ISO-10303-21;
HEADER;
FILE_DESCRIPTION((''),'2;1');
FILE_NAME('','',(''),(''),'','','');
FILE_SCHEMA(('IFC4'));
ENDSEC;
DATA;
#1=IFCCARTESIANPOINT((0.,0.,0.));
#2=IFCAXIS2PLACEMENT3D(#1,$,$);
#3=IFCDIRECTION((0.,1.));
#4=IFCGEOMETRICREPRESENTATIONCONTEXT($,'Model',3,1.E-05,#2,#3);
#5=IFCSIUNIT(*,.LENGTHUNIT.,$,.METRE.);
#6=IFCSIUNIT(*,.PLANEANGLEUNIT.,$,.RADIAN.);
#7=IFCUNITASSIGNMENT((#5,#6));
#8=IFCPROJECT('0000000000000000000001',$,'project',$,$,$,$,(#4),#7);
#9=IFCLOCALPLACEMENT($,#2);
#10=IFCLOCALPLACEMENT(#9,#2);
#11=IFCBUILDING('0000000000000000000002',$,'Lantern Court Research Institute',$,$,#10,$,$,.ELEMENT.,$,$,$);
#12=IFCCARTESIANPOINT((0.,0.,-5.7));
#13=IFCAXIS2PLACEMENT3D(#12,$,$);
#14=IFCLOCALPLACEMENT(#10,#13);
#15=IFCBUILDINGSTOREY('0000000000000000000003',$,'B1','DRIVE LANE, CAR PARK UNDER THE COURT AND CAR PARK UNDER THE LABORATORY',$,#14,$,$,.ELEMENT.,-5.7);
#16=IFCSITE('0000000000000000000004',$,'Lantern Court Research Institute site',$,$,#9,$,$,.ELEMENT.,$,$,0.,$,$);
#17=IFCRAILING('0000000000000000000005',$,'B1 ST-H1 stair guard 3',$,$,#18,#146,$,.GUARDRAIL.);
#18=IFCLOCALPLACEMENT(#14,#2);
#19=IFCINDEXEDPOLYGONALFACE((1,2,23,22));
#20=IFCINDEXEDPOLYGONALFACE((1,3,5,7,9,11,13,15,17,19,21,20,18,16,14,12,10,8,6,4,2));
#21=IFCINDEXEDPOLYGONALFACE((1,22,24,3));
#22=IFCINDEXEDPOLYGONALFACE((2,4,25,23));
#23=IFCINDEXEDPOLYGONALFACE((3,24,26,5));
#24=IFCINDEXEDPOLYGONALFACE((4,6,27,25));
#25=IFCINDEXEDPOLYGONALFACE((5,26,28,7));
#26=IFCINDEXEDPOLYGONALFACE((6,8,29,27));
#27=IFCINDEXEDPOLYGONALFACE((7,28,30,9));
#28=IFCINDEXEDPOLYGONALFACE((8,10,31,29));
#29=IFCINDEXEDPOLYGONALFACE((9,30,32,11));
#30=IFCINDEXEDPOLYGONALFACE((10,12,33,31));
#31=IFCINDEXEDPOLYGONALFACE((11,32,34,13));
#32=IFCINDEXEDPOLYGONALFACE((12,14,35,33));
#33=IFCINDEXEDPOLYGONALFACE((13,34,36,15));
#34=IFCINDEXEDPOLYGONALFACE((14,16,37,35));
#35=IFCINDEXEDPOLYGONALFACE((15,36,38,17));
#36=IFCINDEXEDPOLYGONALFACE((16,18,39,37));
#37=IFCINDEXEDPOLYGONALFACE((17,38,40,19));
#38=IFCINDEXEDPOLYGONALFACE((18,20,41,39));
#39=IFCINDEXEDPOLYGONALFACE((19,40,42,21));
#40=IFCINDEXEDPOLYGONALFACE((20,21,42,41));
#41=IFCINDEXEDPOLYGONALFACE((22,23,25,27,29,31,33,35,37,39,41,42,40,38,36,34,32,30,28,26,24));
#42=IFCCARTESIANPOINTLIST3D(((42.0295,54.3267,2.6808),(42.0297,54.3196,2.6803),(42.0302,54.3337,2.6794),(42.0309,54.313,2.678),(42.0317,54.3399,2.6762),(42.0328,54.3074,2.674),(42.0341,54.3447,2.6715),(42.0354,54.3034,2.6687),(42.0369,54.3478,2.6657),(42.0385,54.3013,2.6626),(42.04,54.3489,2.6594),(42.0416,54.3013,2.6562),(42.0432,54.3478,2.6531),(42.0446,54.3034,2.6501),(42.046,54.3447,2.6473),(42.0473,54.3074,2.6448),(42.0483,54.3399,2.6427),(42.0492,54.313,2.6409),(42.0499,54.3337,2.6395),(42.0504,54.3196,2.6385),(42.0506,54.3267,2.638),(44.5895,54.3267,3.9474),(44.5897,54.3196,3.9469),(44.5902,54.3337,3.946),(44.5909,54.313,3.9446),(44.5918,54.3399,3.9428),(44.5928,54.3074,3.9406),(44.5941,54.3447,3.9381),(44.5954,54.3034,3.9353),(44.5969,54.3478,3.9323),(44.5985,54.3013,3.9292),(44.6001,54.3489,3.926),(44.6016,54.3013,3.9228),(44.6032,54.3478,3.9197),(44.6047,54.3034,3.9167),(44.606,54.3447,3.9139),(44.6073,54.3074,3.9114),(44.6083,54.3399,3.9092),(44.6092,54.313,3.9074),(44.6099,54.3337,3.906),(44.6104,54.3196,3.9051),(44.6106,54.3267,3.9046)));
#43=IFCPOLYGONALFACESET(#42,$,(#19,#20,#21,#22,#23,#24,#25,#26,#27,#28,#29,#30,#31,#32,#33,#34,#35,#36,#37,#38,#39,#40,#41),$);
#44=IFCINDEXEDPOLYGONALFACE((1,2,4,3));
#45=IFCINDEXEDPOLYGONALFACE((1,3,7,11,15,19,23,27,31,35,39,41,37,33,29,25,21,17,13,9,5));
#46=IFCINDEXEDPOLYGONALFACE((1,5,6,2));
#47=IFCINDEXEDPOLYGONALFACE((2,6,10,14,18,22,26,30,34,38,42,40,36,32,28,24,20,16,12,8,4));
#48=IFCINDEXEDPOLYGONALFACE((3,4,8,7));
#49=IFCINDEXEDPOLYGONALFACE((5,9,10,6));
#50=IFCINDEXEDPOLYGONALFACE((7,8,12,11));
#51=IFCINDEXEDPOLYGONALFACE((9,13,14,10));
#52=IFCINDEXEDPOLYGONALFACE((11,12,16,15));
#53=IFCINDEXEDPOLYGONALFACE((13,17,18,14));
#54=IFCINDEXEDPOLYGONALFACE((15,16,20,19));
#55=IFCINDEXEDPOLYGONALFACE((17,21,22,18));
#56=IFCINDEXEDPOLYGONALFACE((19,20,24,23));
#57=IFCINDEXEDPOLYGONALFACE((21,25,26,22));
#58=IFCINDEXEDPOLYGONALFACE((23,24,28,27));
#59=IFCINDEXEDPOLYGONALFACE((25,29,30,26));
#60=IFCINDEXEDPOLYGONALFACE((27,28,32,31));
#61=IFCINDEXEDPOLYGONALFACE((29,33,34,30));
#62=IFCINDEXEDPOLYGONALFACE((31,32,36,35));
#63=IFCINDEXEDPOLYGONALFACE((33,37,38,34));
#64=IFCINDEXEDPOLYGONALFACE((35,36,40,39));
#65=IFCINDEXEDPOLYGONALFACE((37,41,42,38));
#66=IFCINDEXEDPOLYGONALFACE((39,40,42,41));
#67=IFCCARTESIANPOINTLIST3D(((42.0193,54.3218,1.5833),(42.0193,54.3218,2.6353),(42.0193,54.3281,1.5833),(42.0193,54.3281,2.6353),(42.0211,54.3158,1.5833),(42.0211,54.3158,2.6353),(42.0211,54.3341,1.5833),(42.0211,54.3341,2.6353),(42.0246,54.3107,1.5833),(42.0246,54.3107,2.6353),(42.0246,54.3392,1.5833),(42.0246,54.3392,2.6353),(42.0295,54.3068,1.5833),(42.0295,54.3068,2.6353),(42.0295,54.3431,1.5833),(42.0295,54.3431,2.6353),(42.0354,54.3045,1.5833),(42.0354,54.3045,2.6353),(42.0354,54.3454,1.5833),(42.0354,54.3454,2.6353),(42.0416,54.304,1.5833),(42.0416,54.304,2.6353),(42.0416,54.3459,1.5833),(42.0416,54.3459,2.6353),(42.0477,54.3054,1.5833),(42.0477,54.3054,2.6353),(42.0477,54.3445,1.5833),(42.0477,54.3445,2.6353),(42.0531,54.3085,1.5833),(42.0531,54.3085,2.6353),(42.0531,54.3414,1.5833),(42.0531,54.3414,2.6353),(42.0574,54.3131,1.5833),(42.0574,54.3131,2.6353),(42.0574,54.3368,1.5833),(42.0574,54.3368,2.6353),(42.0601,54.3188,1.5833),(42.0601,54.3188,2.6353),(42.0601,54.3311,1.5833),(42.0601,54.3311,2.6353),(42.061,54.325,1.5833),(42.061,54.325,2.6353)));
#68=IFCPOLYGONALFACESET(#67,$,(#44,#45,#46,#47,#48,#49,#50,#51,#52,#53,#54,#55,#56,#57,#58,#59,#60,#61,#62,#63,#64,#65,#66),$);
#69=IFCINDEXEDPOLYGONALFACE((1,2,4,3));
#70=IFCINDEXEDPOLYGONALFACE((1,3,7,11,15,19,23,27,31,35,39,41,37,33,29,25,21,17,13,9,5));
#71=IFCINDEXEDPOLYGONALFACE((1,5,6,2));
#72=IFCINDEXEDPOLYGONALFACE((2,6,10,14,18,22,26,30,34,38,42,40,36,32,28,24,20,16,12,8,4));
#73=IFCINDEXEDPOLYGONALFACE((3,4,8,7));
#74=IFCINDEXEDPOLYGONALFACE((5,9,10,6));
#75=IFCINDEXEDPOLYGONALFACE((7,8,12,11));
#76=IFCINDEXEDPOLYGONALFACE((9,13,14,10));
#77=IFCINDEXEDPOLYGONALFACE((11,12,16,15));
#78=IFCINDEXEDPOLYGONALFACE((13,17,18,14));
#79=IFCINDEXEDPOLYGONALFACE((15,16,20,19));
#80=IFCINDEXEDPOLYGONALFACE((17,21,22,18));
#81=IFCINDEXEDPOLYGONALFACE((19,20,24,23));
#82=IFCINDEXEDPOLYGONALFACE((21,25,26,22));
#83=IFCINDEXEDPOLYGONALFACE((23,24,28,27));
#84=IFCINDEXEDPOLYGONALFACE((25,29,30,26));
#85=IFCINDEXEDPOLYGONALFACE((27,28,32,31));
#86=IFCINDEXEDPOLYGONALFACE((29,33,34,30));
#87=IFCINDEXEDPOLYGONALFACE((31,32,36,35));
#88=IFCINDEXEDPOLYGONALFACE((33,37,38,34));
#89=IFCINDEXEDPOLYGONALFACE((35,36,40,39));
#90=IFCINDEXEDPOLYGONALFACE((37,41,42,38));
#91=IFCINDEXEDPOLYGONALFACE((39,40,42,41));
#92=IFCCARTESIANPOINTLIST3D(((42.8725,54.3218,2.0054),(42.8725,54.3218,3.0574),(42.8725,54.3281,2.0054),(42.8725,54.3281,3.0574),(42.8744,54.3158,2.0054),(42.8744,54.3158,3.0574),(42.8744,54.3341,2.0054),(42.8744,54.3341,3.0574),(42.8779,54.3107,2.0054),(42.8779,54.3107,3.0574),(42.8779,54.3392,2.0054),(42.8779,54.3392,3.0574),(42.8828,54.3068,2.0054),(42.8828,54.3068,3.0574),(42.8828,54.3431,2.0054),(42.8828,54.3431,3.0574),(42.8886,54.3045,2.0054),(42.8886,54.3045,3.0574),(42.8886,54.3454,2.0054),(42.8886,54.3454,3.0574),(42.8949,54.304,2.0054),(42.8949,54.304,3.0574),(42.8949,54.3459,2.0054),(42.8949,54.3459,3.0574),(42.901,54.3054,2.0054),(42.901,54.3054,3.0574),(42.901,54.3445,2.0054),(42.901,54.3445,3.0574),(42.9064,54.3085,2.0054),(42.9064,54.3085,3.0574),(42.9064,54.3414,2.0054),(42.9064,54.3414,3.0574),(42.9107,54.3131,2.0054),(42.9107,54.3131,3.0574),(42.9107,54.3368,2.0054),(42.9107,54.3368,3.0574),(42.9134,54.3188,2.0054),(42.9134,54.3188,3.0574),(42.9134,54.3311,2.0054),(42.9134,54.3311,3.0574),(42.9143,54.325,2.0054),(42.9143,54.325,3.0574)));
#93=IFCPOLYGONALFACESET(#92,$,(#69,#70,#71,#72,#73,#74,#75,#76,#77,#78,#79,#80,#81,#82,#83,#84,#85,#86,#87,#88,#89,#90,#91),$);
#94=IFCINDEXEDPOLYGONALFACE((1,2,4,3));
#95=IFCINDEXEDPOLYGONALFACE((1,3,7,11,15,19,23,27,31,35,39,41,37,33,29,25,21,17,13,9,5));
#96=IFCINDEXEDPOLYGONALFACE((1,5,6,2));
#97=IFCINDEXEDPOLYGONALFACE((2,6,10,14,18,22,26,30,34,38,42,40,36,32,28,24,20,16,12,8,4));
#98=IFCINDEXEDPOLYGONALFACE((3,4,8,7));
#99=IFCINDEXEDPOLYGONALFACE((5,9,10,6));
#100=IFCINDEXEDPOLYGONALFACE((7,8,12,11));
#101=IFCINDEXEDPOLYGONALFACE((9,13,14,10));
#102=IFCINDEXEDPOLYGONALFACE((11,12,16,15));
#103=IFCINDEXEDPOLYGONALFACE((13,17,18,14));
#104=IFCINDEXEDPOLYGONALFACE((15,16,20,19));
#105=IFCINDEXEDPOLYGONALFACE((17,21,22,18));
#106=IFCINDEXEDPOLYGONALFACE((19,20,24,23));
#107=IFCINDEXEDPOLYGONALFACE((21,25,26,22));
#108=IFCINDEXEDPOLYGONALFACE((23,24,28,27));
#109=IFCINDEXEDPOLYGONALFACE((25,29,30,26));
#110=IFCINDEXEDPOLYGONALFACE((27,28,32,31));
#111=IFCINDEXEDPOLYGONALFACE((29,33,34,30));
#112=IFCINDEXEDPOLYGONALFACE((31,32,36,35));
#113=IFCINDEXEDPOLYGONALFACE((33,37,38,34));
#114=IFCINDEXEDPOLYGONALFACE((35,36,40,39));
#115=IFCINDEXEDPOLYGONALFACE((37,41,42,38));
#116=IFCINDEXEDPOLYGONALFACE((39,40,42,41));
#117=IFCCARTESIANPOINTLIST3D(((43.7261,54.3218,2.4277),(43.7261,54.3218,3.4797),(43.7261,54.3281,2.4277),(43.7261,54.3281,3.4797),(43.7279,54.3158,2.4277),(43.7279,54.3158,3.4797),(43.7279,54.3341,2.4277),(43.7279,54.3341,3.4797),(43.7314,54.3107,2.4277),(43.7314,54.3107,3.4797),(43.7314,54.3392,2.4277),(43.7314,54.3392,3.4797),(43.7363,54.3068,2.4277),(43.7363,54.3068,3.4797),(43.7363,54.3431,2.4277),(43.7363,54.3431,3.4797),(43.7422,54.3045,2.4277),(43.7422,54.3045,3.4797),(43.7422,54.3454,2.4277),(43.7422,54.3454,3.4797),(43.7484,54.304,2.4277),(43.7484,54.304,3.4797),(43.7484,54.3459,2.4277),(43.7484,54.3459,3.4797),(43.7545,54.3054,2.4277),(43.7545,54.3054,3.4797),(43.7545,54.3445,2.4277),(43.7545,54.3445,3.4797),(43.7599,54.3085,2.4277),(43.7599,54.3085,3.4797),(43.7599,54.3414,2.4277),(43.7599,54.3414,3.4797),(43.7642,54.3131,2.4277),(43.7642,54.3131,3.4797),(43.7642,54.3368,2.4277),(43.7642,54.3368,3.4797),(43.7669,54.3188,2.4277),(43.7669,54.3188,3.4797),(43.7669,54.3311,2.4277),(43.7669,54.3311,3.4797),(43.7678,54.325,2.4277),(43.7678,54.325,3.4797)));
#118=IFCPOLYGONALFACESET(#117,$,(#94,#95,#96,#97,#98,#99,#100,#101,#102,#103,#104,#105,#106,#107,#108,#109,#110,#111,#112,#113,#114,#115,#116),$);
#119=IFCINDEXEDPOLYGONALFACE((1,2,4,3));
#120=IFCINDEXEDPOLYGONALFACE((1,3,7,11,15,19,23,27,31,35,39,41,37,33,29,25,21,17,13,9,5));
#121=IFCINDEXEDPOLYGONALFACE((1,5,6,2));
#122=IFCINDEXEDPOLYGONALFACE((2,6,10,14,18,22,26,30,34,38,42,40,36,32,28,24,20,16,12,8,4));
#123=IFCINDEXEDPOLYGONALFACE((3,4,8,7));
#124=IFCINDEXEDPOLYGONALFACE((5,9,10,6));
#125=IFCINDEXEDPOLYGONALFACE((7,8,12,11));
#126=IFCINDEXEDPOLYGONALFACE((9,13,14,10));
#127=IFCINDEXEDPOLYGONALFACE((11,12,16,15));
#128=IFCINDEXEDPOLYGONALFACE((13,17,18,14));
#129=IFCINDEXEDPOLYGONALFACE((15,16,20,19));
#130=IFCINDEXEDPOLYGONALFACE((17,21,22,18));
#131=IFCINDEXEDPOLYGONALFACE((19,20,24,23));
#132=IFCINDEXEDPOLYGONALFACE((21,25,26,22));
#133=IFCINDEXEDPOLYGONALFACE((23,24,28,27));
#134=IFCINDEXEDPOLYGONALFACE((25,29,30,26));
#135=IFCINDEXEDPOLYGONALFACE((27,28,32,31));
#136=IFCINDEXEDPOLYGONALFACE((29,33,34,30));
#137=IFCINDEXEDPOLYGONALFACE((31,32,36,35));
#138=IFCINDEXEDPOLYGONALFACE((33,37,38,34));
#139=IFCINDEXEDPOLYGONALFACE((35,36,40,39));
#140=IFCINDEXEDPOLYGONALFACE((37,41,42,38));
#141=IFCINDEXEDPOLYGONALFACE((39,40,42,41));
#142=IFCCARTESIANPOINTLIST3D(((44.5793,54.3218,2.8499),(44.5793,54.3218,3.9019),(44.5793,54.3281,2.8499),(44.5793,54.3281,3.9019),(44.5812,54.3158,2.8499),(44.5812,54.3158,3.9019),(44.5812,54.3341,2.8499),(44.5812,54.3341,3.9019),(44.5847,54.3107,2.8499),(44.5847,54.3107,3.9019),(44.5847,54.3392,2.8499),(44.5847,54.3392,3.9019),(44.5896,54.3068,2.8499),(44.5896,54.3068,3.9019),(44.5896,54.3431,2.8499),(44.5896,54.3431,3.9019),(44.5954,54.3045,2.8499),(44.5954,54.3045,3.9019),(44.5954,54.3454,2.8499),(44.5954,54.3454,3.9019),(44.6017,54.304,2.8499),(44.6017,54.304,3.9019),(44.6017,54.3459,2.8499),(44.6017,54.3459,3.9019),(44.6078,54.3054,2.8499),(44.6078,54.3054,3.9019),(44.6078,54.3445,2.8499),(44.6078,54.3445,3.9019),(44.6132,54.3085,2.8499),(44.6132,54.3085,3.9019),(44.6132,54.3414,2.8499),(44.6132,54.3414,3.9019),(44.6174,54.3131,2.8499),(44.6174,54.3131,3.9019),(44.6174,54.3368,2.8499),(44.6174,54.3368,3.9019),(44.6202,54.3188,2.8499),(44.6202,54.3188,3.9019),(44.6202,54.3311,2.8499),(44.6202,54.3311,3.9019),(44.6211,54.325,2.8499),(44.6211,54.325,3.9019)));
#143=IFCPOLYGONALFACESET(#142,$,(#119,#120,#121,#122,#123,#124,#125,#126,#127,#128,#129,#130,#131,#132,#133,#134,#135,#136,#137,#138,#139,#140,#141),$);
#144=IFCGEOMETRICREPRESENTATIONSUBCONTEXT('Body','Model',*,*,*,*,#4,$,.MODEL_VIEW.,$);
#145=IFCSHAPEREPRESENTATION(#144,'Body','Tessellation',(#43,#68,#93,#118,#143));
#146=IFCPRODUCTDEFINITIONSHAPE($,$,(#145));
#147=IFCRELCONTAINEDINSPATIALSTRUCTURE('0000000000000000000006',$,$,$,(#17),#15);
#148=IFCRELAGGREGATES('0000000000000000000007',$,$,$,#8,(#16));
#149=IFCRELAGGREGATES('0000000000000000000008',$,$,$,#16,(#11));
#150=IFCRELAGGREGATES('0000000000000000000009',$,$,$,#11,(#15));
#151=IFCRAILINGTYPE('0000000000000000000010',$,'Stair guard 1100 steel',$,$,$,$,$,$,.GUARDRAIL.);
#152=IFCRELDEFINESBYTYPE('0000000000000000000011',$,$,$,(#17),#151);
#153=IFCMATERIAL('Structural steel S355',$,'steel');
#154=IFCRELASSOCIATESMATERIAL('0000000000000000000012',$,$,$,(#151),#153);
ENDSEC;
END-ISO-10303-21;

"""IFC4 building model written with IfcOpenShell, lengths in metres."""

from ifc_helpers import new_model, si_unit, direction, frame, origin, origin_2d, place, context, subcontext, project, spatial, circle, extrude, material, type_object, element, save


model = new_model("IFC4")

# Units and contexts
model_context = context("Model", 3, precision=1e-05, world=origin(), true_north=direction((0.0, 1.0)))
body_context = subcontext(model_context, "Body", "Model", "MODEL_VIEW")
ifc_project = project(units=[si_unit("LENGTHUNIT", "METRE"), si_unit("PLANEANGLEUNIT", "RADIAN")], contexts=[model_context])

# Site, building, storey
site_placement = place(None, origin())
site = spatial("IfcSite", under=ifc_project, at=site_placement, Name="Lantern Court Research Institute site", CompositionType="ELEMENT", RefElevation=0.0)
building_placement = place(site_placement, origin())
building = spatial("IfcBuilding", under=site, at=building_placement, Name="Lantern Court Research Institute", CompositionType="ELEMENT")
storey_placement = place(building_placement, frame((0.0, 0.0, -5.7)))
storey = spatial("IfcBuildingStorey", under=building, at=storey_placement, Name="B1", Description="DRIVE LANE, CAR PARK UNDER THE COURT AND CAR PARK UNDER THE LABORATORY", CompositionType="ELEMENT", Elevation=-5.7)

# Railing
ifc_material_1 = material(Name="Structural steel S355", Category="steel")
railing_type_1 = type_object("IfcRailingType", Name="Stair guard 1100 steel", PredefinedType="GUARDRAIL", material=ifc_material_1)
railing_1_placement = place(storey_placement, frame((42.04, 54.325, 1.5833)))
element("IfcRailing", 1, at=railing_1_placement, inside=storey, type_object=railing_type_1, Name="B1 ST-H1 stair guard 3", PredefinedType="GUARDRAIL", context=body_context, shape_type="SweptSolid", body=[
    extrude(circle(Radius=0.0239, at=origin_2d()), frame((0.0, 0.0, 1.0762), z_axis=(0.8963, 0.0, 0.443449), x_axis=(0.0, 1.0, 0.0)), (0.0, 0.0, 1.0), 2.8562),
    extrude(circle(Radius=0.021, at=origin_2d()), origin(), (0.0, 0.0, 1.0), 1.052),
    extrude(circle(Radius=0.021, at=origin_2d()), frame((0.8533, 0.0, 0.4221)), (0.0, 0.0, 1.0), 1.052),
    extrude(circle(Radius=0.021, at=origin_2d()), frame((1.7068, 0.0, 0.8445)), (0.0, 0.0, 1.0), 1.052),
    extrude(circle(Radius=0.021, at=origin_2d()), frame((2.5601, 0.0, 1.2666)), (0.0, 0.0, 1.0), 1.052),
])

save(model, "model.ifc")
